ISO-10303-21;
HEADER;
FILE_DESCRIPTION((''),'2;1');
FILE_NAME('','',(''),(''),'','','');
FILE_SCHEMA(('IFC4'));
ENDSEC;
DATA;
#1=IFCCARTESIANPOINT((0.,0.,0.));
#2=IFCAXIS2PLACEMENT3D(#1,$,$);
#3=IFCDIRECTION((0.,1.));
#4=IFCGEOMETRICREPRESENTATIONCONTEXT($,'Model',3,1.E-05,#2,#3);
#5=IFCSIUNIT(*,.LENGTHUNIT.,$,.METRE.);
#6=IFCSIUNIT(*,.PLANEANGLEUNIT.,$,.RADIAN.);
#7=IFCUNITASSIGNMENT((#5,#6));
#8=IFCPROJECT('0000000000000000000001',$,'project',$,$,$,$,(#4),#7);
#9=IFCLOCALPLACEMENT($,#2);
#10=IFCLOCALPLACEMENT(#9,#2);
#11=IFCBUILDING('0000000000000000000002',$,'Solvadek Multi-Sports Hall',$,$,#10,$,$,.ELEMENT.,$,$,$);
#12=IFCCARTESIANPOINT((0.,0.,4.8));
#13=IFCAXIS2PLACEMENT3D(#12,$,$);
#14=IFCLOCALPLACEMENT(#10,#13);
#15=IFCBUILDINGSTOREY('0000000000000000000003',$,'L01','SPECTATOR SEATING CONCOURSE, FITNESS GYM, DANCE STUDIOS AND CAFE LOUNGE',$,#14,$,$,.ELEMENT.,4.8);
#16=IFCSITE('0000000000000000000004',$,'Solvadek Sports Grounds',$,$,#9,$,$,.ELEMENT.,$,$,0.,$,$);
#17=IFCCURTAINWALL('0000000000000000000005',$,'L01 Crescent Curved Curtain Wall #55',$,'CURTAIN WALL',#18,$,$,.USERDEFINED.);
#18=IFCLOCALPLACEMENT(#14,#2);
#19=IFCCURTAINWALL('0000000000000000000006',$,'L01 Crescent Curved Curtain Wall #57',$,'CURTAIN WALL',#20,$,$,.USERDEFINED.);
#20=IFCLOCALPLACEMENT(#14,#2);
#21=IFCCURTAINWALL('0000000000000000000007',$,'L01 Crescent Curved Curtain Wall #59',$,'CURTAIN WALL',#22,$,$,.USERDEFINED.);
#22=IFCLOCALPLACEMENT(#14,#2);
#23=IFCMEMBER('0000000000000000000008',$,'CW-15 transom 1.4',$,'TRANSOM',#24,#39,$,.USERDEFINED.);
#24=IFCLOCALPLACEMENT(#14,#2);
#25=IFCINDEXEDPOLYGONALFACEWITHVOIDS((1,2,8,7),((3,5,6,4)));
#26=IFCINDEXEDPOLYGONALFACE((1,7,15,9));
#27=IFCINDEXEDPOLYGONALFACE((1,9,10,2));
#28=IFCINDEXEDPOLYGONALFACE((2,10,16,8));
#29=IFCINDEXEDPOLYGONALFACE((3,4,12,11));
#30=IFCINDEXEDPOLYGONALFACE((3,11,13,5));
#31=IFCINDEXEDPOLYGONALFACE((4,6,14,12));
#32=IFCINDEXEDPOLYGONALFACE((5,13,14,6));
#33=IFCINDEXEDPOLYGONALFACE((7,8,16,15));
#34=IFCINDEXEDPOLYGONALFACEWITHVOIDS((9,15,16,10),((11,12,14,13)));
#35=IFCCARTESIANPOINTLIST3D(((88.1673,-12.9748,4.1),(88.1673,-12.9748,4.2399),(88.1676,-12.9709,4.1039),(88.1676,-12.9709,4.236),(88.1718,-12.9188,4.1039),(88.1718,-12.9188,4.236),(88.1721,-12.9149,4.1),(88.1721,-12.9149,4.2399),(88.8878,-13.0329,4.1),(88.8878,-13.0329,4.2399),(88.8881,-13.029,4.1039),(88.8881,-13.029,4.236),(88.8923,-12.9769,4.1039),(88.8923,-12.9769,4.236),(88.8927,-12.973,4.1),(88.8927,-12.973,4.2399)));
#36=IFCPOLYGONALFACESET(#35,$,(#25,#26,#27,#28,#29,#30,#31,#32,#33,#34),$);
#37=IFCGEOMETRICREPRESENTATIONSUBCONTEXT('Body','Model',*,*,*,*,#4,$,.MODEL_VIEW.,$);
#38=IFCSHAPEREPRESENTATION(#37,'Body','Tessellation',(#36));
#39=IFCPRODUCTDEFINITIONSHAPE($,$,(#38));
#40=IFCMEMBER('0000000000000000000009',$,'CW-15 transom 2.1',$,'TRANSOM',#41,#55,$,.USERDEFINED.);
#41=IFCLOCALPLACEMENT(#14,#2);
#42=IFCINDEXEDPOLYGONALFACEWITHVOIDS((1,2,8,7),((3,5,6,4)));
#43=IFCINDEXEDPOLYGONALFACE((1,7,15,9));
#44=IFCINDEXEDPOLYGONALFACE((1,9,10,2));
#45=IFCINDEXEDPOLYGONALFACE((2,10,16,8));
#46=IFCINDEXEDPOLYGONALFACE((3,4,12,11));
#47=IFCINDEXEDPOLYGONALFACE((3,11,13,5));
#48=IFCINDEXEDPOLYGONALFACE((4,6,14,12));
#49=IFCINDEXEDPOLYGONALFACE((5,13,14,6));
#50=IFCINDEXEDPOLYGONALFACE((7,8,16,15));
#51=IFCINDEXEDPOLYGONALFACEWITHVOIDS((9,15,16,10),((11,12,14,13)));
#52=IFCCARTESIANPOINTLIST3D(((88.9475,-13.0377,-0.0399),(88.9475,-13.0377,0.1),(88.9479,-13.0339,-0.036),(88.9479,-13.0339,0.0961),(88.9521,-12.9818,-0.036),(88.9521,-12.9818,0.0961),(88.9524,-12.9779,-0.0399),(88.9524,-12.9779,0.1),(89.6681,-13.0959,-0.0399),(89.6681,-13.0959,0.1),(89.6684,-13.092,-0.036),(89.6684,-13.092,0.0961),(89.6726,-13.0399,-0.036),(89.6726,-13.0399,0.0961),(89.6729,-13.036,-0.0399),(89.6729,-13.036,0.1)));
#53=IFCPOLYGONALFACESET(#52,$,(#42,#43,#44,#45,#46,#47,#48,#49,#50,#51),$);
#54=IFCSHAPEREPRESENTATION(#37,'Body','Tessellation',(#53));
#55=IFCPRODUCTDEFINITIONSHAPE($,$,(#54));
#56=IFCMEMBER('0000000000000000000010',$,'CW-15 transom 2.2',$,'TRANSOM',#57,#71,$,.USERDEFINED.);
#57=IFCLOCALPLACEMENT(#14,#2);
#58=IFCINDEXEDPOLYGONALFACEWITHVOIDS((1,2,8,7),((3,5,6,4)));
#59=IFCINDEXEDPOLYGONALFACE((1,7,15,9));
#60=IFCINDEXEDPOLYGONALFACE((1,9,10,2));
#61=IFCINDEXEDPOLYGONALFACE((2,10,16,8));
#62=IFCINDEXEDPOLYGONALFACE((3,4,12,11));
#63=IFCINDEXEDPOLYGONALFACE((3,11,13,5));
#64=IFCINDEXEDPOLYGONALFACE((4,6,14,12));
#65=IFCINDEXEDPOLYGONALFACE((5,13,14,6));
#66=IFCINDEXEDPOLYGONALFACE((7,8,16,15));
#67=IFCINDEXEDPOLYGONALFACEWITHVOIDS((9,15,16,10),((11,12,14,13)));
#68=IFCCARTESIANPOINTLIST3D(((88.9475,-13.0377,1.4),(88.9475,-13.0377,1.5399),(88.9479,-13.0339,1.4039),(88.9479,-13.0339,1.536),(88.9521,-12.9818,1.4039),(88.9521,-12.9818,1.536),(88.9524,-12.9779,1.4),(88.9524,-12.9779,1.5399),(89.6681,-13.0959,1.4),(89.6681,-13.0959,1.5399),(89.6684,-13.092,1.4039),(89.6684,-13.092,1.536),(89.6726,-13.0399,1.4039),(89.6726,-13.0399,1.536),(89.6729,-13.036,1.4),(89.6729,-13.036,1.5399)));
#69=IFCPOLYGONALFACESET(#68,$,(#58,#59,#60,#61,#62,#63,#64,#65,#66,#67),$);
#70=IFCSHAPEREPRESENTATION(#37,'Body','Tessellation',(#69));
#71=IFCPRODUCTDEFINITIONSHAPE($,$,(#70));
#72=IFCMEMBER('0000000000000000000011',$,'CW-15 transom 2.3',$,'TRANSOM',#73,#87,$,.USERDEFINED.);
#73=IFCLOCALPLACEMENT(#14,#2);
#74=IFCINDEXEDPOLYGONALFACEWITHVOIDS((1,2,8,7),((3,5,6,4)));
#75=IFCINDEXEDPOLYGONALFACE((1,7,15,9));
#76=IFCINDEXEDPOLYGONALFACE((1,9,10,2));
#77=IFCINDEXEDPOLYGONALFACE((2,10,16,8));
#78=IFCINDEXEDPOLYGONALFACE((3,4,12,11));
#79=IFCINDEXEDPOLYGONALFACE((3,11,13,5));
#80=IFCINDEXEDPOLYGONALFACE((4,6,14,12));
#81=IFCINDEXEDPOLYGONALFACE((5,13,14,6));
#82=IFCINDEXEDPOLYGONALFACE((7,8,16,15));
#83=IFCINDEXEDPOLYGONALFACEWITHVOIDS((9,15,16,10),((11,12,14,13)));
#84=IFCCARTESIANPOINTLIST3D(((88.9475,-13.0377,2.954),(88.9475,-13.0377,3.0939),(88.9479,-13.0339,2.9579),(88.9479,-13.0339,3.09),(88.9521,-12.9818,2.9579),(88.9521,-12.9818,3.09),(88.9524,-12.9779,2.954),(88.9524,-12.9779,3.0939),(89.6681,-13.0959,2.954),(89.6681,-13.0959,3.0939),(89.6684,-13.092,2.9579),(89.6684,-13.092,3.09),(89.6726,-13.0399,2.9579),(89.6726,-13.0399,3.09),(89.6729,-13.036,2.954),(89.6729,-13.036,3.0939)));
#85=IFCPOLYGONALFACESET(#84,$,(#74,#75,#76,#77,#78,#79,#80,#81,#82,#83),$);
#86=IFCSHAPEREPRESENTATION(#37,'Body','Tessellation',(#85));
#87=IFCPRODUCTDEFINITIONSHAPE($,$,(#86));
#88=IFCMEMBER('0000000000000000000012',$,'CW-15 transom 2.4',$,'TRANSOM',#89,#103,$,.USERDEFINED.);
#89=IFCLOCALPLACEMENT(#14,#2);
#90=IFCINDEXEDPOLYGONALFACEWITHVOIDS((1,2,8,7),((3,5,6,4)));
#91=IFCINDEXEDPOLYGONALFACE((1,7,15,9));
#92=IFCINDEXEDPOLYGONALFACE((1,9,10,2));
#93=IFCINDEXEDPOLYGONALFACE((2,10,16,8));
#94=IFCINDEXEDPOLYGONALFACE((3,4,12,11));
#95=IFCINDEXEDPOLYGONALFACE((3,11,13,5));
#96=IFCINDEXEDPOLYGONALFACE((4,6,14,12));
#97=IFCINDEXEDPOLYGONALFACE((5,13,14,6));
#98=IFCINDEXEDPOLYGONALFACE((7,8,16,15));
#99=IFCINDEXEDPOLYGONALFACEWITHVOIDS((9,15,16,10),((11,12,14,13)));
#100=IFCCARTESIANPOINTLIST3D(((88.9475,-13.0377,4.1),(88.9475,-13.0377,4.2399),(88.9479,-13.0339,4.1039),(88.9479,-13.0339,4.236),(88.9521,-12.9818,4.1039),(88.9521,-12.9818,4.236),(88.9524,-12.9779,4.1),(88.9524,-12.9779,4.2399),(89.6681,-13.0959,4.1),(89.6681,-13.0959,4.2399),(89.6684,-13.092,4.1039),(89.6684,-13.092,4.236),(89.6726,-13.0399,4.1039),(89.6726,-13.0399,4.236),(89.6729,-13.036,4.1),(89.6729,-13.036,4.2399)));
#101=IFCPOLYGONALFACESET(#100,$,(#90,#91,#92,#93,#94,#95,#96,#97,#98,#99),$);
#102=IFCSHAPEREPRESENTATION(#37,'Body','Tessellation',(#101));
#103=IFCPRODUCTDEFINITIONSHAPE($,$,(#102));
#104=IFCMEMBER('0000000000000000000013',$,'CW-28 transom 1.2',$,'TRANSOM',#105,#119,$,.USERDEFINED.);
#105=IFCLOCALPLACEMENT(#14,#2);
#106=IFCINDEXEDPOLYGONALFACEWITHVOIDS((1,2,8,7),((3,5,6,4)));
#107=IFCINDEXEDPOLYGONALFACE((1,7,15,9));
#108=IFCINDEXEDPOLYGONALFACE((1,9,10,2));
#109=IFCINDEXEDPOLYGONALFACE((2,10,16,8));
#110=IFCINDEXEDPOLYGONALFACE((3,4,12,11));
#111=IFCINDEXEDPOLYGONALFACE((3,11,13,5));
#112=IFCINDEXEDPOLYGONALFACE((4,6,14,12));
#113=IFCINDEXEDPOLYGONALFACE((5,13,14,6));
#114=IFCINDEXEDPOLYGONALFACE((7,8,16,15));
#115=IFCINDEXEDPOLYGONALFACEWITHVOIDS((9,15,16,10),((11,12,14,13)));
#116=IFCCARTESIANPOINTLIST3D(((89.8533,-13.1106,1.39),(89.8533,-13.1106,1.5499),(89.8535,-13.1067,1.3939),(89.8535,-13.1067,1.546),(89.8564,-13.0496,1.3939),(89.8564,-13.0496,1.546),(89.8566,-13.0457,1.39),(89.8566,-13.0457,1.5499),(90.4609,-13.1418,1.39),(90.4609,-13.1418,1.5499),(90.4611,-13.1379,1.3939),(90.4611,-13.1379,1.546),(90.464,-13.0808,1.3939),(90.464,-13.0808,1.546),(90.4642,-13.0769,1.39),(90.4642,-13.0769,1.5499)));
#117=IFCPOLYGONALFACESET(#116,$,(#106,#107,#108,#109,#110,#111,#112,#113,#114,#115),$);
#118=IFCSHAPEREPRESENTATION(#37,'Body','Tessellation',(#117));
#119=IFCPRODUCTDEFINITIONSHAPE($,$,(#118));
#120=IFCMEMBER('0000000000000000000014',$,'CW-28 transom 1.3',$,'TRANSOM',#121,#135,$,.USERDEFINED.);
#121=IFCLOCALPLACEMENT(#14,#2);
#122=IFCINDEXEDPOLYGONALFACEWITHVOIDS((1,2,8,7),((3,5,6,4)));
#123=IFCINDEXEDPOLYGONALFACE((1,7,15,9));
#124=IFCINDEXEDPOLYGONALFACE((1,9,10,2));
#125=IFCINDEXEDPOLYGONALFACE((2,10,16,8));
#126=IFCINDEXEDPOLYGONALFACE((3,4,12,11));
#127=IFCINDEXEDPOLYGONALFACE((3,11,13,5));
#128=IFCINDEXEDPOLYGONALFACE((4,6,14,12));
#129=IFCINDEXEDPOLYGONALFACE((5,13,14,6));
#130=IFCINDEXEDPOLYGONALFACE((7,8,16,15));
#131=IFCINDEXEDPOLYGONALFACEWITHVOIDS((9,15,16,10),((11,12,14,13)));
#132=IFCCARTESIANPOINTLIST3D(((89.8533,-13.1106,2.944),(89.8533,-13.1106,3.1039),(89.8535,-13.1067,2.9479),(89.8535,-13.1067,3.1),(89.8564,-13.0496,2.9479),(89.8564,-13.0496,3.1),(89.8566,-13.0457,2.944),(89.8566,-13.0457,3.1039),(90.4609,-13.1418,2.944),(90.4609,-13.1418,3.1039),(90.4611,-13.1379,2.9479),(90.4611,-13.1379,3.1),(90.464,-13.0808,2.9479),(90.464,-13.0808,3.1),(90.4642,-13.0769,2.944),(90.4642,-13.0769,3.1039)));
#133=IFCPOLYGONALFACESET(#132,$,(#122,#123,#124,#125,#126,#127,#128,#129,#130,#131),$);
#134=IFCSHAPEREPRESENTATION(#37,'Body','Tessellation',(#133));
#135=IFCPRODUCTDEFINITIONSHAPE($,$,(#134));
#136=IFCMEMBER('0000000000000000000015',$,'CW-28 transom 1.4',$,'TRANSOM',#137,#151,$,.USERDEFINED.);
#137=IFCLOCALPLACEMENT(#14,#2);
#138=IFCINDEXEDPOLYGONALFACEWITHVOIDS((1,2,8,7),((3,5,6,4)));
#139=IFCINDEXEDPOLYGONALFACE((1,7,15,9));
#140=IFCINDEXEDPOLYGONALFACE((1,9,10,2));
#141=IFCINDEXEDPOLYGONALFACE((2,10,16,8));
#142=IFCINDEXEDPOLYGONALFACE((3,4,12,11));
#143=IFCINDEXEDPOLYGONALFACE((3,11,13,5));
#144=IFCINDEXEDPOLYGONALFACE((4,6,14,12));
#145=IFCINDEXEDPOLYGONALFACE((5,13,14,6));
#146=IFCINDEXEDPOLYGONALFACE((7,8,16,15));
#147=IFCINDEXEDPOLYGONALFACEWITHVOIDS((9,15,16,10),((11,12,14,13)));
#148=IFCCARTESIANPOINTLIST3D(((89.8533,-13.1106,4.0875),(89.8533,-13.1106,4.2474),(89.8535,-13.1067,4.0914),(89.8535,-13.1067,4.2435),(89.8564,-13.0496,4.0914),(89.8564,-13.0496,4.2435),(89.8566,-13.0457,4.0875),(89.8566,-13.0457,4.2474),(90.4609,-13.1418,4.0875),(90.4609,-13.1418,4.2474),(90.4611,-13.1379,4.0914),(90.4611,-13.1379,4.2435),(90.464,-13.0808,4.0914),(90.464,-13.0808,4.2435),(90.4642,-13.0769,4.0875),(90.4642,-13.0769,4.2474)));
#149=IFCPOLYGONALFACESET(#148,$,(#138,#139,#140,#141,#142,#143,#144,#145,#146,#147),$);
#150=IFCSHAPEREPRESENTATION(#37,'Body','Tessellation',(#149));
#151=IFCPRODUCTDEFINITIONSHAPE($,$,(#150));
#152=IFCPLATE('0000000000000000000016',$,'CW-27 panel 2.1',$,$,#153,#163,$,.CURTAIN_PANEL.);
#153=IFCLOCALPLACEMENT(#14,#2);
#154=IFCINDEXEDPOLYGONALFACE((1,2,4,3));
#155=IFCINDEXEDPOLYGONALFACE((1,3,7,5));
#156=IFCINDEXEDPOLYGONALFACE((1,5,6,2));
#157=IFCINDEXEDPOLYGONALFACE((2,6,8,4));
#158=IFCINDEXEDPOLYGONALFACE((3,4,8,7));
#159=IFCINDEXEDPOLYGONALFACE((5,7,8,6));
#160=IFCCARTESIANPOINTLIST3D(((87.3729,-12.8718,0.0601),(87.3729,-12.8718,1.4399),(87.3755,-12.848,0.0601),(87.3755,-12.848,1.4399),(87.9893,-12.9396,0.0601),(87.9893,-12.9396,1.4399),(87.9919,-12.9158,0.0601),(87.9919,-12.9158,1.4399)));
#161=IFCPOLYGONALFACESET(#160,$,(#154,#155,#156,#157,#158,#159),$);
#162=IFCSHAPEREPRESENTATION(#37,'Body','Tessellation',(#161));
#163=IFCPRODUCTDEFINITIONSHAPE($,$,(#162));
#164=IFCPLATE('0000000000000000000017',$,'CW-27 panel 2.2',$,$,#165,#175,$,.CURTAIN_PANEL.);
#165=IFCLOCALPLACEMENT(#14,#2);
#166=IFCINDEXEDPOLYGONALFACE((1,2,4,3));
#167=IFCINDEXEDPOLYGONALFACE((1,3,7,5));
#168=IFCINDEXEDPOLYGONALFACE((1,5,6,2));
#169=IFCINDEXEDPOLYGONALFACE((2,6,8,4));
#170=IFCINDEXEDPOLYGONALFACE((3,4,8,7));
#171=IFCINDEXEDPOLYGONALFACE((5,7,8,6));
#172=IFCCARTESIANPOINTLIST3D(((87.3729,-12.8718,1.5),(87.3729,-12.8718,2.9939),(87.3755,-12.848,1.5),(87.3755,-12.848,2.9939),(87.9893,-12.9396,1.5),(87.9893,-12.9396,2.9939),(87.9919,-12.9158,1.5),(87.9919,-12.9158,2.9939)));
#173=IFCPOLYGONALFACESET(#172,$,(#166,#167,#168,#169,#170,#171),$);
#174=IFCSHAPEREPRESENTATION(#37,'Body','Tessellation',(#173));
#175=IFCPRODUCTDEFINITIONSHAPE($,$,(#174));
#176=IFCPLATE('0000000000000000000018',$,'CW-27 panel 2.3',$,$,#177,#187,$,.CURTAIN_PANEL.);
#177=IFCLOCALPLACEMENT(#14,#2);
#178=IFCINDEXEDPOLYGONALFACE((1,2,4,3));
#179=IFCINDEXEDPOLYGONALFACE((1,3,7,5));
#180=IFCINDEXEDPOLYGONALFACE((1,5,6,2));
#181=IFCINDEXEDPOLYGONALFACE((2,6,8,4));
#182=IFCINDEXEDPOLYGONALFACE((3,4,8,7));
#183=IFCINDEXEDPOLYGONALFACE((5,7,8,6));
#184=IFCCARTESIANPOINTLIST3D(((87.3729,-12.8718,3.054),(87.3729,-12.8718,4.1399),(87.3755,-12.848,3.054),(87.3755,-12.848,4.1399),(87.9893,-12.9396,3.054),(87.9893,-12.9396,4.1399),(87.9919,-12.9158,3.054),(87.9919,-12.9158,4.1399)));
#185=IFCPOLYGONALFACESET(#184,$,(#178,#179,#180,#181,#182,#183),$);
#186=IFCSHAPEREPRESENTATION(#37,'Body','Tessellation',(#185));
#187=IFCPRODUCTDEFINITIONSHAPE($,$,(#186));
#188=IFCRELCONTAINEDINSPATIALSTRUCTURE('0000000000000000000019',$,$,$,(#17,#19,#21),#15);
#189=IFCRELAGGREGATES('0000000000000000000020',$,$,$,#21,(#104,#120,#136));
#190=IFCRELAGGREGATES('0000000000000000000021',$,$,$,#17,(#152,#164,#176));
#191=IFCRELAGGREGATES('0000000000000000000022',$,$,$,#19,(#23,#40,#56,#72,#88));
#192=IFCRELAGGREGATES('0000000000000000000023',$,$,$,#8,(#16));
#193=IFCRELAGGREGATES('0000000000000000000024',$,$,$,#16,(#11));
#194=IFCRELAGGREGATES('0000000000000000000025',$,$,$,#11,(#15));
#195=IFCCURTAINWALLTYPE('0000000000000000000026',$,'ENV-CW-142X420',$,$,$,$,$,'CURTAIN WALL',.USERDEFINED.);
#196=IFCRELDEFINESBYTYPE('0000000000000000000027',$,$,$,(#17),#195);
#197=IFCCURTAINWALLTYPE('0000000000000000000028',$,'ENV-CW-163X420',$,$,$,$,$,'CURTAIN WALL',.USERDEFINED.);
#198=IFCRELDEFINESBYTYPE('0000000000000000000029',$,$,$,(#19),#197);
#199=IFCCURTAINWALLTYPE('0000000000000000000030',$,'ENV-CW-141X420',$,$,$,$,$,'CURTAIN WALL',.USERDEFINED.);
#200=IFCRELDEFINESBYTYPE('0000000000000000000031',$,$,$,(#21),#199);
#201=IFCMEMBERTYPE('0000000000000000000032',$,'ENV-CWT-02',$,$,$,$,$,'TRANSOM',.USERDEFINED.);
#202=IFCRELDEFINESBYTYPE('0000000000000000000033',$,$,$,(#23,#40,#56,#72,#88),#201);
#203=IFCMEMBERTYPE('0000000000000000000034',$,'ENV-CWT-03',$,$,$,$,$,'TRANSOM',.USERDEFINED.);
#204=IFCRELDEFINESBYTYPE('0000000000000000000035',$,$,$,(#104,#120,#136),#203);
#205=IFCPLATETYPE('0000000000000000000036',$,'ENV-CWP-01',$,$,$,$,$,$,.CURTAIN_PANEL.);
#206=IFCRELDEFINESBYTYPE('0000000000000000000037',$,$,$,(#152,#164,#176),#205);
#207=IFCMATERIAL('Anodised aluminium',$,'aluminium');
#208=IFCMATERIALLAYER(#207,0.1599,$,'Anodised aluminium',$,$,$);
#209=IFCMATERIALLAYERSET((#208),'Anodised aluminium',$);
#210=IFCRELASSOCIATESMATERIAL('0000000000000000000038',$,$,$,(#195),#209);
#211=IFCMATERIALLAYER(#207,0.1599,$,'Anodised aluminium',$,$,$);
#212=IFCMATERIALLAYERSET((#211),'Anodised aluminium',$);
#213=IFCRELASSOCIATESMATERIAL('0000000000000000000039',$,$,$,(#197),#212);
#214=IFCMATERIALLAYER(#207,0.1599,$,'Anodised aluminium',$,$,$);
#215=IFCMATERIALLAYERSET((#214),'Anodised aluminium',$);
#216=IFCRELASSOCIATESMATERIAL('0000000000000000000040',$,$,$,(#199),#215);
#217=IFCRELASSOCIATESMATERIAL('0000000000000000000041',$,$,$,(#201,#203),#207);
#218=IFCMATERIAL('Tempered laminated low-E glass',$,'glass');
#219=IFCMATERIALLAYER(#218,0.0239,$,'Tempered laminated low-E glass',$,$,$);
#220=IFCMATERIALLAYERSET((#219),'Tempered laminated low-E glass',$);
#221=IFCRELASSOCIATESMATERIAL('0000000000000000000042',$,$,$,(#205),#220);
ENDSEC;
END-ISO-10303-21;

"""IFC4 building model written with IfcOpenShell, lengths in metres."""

from ifc_helpers import new_model, si_unit, direction, frame, origin, origin_2d, place, context, subcontext, project, spatial, rectangle, hollow_rectangle, extrude, material, layer, layer_set, material_profile, profile_set, type_object, element, aggregate, save


model = new_model("IFC4")

# Units and contexts
model_context = context("Model", 3, precision=1e-05, world=origin(), true_north=direction((0.0, 1.0)))
body_context = subcontext(model_context, "Body", "Model", "MODEL_VIEW")
ifc_project = project(units=[si_unit("LENGTHUNIT", "METRE"), si_unit("PLANEANGLEUNIT", "RADIAN")], contexts=[model_context])

# Site, building, storey
site_placement = place(None, origin())
site = spatial("IfcSite", under=ifc_project, at=site_placement, Name="Solvadek Sports Grounds", CompositionType="ELEMENT", RefElevation=0.0)
building_placement = place(site_placement, origin())
building = spatial("IfcBuilding", under=site, at=building_placement, Name="Solvadek Multi-Sports Hall", CompositionType="ELEMENT")
storey_placement = place(building_placement, frame((0.0, 0.0, 4.8)))
storey = spatial("IfcBuildingStorey", under=building, at=storey_placement, Name="L01", Description="SPECTATOR SEATING CONCOURSE, FITNESS GYM, DANCE STUDIOS AND CAFE LOUNGE", CompositionType="ELEMENT", Elevation=4.8)

# Curtain wall
ifc_material_1 = material(Name="Anodised aluminium", Category="aluminium")
ifc_layer_1 = layer(ifc_material_1, 0.1599, Name="Anodised aluminium")
ifc_layer_set_1 = layer_set([ifc_layer_1], Name="Anodised aluminium")
curtain_wall_type_1 = type_object("IfcCurtainWallType", Name="ENV-CW-142X420", ElementType="CURTAIN WALL", PredefinedType="USERDEFINED", material=ifc_layer_set_1)
curtain_wall_1_placement = place(storey_placement, origin())
curtain_wall_1 = element("IfcCurtainWall", 1, at=curtain_wall_1_placement, inside=storey, type_object=curtain_wall_type_1, Name="L01 Crescent Curved Curtain Wall #55", ObjectType="CURTAIN WALL", PredefinedType="USERDEFINED")

# Curtain wall
ifc_layer_2 = layer(ifc_material_1, 0.1599, Name="Anodised aluminium")
ifc_layer_set_2 = layer_set([ifc_layer_2], Name="Anodised aluminium")
curtain_wall_type_2 = type_object("IfcCurtainWallType", Name="ENV-CW-163X420", ElementType="CURTAIN WALL", PredefinedType="USERDEFINED", material=ifc_layer_set_2)
curtain_wall_2_placement = place(storey_placement, origin())
curtain_wall_2 = element("IfcCurtainWall", 2, at=curtain_wall_2_placement, inside=storey, type_object=curtain_wall_type_2, Name="L01 Crescent Curved Curtain Wall #57", ObjectType="CURTAIN WALL", PredefinedType="USERDEFINED")

# Curtain wall
ifc_layer_3 = layer(ifc_material_1, 0.1599, Name="Anodised aluminium")
ifc_layer_set_3 = layer_set([ifc_layer_3], Name="Anodised aluminium")
curtain_wall_type_3 = type_object("IfcCurtainWallType", Name="ENV-CW-141X420", ElementType="CURTAIN WALL", PredefinedType="USERDEFINED", material=ifc_layer_set_3)
curtain_wall_3_placement = place(storey_placement, origin())
curtain_wall_3 = element("IfcCurtainWall", 3, at=curtain_wall_3_placement, inside=storey, type_object=curtain_wall_type_3, Name="L01 Crescent Curved Curtain Wall #59", ObjectType="CURTAIN WALL", PredefinedType="USERDEFINED")

# Members
ifc_material_profile_1 = material_profile(ifc_material_1, hollow_rectangle(XDim=0.0601, YDim=0.1399, WallThickness=0.0039, at=origin_2d()), Name="ALU-T 140x60x4")
ifc_profile_set_1 = profile_set([ifc_material_profile_1], Name="Anodised aluminium")
member_type_1 = type_object("IfcMemberType", Name="ENV-CWT-02", ElementType="TRANSOM", PredefinedType="USERDEFINED", material=ifc_profile_set_1)
member_1_placement = place(storey_placement, frame((88.1697, -12.9448, 4.1699), z_axis=(0.996764, -0.08039, 0.0), x_axis=(0.08039, 0.996764, 0.0)))
member_1 = element("IfcMember", 4, at=member_1_placement, type_object=member_type_1, Name="CW-15 transom 1.4", ObjectType="TRANSOM", PredefinedType="USERDEFINED", context=body_context, shape_type="SweptSolid", body=[
    extrude(hollow_rectangle(XDim=0.0601, YDim=0.1399, WallThickness=0.0039, at=origin_2d()), origin(), (0.0, 0.0, 1.0), 0.7229),
])
member_2_placement = place(storey_placement, frame((88.95, -13.0078, 0.03), z_axis=(0.996764, -0.08039, 0.0), x_axis=(0.08039, 0.996764, 0.0)))
member_2 = element("IfcMember", 5, at=member_2_placement, type_object=member_type_1, Name="CW-15 transom 2.1", ObjectType="TRANSOM", PredefinedType="USERDEFINED", context=body_context, shape_type="SweptSolid", body=[
    extrude(hollow_rectangle(XDim=0.0601, YDim=0.1399, WallThickness=0.0039, at=origin_2d()), origin(), (0.0, 0.0, 1.0), 0.7229),
])
member_3_placement = place(storey_placement, frame((88.95, -13.0078, 1.47), z_axis=(0.996764, -0.08039, 0.0), x_axis=(0.08039, 0.996764, 0.0)))
member_3 = element("IfcMember", 6, at=member_3_placement, type_object=member_type_1, Name="CW-15 transom 2.2", ObjectType="TRANSOM", PredefinedType="USERDEFINED", context=body_context, shape_type="SweptSolid", body=[
    extrude(hollow_rectangle(XDim=0.0601, YDim=0.1399, WallThickness=0.0039, at=origin_2d()), origin(), (0.0, 0.0, 1.0), 0.7229),
])
member_4_placement = place(storey_placement, frame((88.95, -13.0078, 3.0239), z_axis=(0.996764, -0.08039, 0.0), x_axis=(0.08039, 0.996764, 0.0)))
member_4 = element("IfcMember", 7, at=member_4_placement, type_object=member_type_1, Name="CW-15 transom 2.3", ObjectType="TRANSOM", PredefinedType="USERDEFINED", context=body_context, shape_type="SweptSolid", body=[
    extrude(hollow_rectangle(XDim=0.0601, YDim=0.1399, WallThickness=0.0039, at=origin_2d()), origin(), (0.0, 0.0, 1.0), 0.7229),
])
member_5_placement = place(storey_placement, frame((88.95, -13.0078, 4.1699), z_axis=(0.996764, -0.08039, 0.0), x_axis=(0.08039, 0.996764, 0.0)))
member_5 = element("IfcMember", 8, at=member_5_placement, type_object=member_type_1, Name="CW-15 transom 2.4", ObjectType="TRANSOM", PredefinedType="USERDEFINED", context=body_context, shape_type="SweptSolid", body=[
    extrude(hollow_rectangle(XDim=0.0601, YDim=0.1399, WallThickness=0.0039, at=origin_2d()), origin(), (0.0, 0.0, 1.0), 0.7229),
])
ifc_material_profile_2 = material_profile(ifc_material_1, hollow_rectangle(XDim=0.0649, YDim=0.1599, WallThickness=0.0039, at=origin_2d()), Name="ALU-T 160x65x4")
ifc_profile_set_2 = profile_set([ifc_material_profile_2], Name="Anodised aluminium")
member_type_2 = type_object("IfcMemberType", Name="ENV-CWT-03", ElementType="TRANSOM", PredefinedType="USERDEFINED", material=ifc_profile_set_2)
member_6_placement = place(storey_placement, frame((89.855, -13.0781, 1.47), z_axis=(0.99868, -0.051358, 0.0), x_axis=(0.051358, 0.99868, 0.0)))
member_6 = element("IfcMember", 9, at=member_6_placement, type_object=member_type_2, Name="CW-28 transom 1.2", ObjectType="TRANSOM", PredefinedType="USERDEFINED", context=body_context, shape_type="SweptSolid", body=[
    extrude(hollow_rectangle(XDim=0.0649, YDim=0.1599, WallThickness=0.0039, at=origin_2d()), origin(), (0.0, 0.0, 1.0), 0.6084),
])
member_7_placement = place(storey_placement, frame((89.855, -13.0781, 3.0239), z_axis=(0.99868, -0.051358, 0.0), x_axis=(0.051358, 0.99868, 0.0)))
member_7 = element("IfcMember", 10, at=member_7_placement, type_object=member_type_2, Name="CW-28 transom 1.3", ObjectType="TRANSOM", PredefinedType="USERDEFINED", context=body_context, shape_type="SweptSolid", body=[
    extrude(hollow_rectangle(XDim=0.0649, YDim=0.1599, WallThickness=0.0039, at=origin_2d()), origin(), (0.0, 0.0, 1.0), 0.6084),
])
member_8_placement = place(storey_placement, frame((89.855, -13.0781, 4.1675), z_axis=(0.99868, -0.051358, 0.0), x_axis=(0.051358, 0.99868, 0.0)))
member_8 = element("IfcMember", 11, at=member_8_placement, type_object=member_type_2, Name="CW-28 transom 1.4", ObjectType="TRANSOM", PredefinedType="USERDEFINED", context=body_context, shape_type="SweptSolid", body=[
    extrude(hollow_rectangle(XDim=0.0649, YDim=0.1599, WallThickness=0.0039, at=origin_2d()), origin(), (0.0, 0.0, 1.0), 0.6084),
])
aggregate(curtain_wall_3, [member_6, member_7, member_8])

# Plates
ifc_material_2 = material(Name="Tempered laminated low-E glass", Category="glass")
ifc_layer_4 = layer(ifc_material_2, 0.0239, Name="Tempered laminated low-E glass")
ifc_layer_set_4 = layer_set([ifc_layer_4], Name="Tempered laminated low-E glass")
plate_type_1 = type_object("IfcPlateType", Name="ENV-CWP-01", PredefinedType="CURTAIN_PANEL", material=ifc_layer_set_4)
plate_1_placement = place(storey_placement, frame((87.6824, -12.8938, 0.0601), z_axis=(0.0, 0.0, 1.0), x_axis=(0.99401, -0.109288, 0.0)))
plate_1 = element("IfcPlate", 12, at=plate_1_placement, type_object=plate_type_1, Name="CW-27 panel 2.1", PredefinedType="CURTAIN_PANEL", context=body_context, shape_type="SweptSolid", body=[
    extrude(rectangle(XDim=0.6201, YDim=0.0239, at=origin_2d()), origin(), (0.0, 0.0, 1.0), 1.3799),
])
plate_2_placement = place(storey_placement, frame((87.6824, -12.8938, 1.5), z_axis=(0.0, 0.0, 1.0), x_axis=(0.99401, -0.109288, 0.0)))
plate_2 = element("IfcPlate", 13, at=plate_2_placement, type_object=plate_type_1, Name="CW-27 panel 2.2", PredefinedType="CURTAIN_PANEL", context=body_context, shape_type="SweptSolid", body=[
    extrude(rectangle(XDim=0.6201, YDim=0.0239, at=origin_2d()), origin(), (0.0, 0.0, 1.0), 1.4939),
])
plate_3_placement = place(storey_placement, frame((87.6824, -12.8938, 3.054), z_axis=(0.0, 0.0, 1.0), x_axis=(0.99401, -0.109288, 0.0)))
plate_3 = element("IfcPlate", 14, at=plate_3_placement, type_object=plate_type_1, Name="CW-27 panel 2.3", PredefinedType="CURTAIN_PANEL", context=body_context, shape_type="SweptSolid", body=[
    extrude(rectangle(XDim=0.6201, YDim=0.0239, at=origin_2d()), origin(), (0.0, 0.0, 1.0), 1.0859),
])
aggregate(curtain_wall_1, [plate_1, plate_2, plate_3])
aggregate(curtain_wall_2, [member_1, member_2, member_3, member_4, member_5])

save(model, "model.ifc")
